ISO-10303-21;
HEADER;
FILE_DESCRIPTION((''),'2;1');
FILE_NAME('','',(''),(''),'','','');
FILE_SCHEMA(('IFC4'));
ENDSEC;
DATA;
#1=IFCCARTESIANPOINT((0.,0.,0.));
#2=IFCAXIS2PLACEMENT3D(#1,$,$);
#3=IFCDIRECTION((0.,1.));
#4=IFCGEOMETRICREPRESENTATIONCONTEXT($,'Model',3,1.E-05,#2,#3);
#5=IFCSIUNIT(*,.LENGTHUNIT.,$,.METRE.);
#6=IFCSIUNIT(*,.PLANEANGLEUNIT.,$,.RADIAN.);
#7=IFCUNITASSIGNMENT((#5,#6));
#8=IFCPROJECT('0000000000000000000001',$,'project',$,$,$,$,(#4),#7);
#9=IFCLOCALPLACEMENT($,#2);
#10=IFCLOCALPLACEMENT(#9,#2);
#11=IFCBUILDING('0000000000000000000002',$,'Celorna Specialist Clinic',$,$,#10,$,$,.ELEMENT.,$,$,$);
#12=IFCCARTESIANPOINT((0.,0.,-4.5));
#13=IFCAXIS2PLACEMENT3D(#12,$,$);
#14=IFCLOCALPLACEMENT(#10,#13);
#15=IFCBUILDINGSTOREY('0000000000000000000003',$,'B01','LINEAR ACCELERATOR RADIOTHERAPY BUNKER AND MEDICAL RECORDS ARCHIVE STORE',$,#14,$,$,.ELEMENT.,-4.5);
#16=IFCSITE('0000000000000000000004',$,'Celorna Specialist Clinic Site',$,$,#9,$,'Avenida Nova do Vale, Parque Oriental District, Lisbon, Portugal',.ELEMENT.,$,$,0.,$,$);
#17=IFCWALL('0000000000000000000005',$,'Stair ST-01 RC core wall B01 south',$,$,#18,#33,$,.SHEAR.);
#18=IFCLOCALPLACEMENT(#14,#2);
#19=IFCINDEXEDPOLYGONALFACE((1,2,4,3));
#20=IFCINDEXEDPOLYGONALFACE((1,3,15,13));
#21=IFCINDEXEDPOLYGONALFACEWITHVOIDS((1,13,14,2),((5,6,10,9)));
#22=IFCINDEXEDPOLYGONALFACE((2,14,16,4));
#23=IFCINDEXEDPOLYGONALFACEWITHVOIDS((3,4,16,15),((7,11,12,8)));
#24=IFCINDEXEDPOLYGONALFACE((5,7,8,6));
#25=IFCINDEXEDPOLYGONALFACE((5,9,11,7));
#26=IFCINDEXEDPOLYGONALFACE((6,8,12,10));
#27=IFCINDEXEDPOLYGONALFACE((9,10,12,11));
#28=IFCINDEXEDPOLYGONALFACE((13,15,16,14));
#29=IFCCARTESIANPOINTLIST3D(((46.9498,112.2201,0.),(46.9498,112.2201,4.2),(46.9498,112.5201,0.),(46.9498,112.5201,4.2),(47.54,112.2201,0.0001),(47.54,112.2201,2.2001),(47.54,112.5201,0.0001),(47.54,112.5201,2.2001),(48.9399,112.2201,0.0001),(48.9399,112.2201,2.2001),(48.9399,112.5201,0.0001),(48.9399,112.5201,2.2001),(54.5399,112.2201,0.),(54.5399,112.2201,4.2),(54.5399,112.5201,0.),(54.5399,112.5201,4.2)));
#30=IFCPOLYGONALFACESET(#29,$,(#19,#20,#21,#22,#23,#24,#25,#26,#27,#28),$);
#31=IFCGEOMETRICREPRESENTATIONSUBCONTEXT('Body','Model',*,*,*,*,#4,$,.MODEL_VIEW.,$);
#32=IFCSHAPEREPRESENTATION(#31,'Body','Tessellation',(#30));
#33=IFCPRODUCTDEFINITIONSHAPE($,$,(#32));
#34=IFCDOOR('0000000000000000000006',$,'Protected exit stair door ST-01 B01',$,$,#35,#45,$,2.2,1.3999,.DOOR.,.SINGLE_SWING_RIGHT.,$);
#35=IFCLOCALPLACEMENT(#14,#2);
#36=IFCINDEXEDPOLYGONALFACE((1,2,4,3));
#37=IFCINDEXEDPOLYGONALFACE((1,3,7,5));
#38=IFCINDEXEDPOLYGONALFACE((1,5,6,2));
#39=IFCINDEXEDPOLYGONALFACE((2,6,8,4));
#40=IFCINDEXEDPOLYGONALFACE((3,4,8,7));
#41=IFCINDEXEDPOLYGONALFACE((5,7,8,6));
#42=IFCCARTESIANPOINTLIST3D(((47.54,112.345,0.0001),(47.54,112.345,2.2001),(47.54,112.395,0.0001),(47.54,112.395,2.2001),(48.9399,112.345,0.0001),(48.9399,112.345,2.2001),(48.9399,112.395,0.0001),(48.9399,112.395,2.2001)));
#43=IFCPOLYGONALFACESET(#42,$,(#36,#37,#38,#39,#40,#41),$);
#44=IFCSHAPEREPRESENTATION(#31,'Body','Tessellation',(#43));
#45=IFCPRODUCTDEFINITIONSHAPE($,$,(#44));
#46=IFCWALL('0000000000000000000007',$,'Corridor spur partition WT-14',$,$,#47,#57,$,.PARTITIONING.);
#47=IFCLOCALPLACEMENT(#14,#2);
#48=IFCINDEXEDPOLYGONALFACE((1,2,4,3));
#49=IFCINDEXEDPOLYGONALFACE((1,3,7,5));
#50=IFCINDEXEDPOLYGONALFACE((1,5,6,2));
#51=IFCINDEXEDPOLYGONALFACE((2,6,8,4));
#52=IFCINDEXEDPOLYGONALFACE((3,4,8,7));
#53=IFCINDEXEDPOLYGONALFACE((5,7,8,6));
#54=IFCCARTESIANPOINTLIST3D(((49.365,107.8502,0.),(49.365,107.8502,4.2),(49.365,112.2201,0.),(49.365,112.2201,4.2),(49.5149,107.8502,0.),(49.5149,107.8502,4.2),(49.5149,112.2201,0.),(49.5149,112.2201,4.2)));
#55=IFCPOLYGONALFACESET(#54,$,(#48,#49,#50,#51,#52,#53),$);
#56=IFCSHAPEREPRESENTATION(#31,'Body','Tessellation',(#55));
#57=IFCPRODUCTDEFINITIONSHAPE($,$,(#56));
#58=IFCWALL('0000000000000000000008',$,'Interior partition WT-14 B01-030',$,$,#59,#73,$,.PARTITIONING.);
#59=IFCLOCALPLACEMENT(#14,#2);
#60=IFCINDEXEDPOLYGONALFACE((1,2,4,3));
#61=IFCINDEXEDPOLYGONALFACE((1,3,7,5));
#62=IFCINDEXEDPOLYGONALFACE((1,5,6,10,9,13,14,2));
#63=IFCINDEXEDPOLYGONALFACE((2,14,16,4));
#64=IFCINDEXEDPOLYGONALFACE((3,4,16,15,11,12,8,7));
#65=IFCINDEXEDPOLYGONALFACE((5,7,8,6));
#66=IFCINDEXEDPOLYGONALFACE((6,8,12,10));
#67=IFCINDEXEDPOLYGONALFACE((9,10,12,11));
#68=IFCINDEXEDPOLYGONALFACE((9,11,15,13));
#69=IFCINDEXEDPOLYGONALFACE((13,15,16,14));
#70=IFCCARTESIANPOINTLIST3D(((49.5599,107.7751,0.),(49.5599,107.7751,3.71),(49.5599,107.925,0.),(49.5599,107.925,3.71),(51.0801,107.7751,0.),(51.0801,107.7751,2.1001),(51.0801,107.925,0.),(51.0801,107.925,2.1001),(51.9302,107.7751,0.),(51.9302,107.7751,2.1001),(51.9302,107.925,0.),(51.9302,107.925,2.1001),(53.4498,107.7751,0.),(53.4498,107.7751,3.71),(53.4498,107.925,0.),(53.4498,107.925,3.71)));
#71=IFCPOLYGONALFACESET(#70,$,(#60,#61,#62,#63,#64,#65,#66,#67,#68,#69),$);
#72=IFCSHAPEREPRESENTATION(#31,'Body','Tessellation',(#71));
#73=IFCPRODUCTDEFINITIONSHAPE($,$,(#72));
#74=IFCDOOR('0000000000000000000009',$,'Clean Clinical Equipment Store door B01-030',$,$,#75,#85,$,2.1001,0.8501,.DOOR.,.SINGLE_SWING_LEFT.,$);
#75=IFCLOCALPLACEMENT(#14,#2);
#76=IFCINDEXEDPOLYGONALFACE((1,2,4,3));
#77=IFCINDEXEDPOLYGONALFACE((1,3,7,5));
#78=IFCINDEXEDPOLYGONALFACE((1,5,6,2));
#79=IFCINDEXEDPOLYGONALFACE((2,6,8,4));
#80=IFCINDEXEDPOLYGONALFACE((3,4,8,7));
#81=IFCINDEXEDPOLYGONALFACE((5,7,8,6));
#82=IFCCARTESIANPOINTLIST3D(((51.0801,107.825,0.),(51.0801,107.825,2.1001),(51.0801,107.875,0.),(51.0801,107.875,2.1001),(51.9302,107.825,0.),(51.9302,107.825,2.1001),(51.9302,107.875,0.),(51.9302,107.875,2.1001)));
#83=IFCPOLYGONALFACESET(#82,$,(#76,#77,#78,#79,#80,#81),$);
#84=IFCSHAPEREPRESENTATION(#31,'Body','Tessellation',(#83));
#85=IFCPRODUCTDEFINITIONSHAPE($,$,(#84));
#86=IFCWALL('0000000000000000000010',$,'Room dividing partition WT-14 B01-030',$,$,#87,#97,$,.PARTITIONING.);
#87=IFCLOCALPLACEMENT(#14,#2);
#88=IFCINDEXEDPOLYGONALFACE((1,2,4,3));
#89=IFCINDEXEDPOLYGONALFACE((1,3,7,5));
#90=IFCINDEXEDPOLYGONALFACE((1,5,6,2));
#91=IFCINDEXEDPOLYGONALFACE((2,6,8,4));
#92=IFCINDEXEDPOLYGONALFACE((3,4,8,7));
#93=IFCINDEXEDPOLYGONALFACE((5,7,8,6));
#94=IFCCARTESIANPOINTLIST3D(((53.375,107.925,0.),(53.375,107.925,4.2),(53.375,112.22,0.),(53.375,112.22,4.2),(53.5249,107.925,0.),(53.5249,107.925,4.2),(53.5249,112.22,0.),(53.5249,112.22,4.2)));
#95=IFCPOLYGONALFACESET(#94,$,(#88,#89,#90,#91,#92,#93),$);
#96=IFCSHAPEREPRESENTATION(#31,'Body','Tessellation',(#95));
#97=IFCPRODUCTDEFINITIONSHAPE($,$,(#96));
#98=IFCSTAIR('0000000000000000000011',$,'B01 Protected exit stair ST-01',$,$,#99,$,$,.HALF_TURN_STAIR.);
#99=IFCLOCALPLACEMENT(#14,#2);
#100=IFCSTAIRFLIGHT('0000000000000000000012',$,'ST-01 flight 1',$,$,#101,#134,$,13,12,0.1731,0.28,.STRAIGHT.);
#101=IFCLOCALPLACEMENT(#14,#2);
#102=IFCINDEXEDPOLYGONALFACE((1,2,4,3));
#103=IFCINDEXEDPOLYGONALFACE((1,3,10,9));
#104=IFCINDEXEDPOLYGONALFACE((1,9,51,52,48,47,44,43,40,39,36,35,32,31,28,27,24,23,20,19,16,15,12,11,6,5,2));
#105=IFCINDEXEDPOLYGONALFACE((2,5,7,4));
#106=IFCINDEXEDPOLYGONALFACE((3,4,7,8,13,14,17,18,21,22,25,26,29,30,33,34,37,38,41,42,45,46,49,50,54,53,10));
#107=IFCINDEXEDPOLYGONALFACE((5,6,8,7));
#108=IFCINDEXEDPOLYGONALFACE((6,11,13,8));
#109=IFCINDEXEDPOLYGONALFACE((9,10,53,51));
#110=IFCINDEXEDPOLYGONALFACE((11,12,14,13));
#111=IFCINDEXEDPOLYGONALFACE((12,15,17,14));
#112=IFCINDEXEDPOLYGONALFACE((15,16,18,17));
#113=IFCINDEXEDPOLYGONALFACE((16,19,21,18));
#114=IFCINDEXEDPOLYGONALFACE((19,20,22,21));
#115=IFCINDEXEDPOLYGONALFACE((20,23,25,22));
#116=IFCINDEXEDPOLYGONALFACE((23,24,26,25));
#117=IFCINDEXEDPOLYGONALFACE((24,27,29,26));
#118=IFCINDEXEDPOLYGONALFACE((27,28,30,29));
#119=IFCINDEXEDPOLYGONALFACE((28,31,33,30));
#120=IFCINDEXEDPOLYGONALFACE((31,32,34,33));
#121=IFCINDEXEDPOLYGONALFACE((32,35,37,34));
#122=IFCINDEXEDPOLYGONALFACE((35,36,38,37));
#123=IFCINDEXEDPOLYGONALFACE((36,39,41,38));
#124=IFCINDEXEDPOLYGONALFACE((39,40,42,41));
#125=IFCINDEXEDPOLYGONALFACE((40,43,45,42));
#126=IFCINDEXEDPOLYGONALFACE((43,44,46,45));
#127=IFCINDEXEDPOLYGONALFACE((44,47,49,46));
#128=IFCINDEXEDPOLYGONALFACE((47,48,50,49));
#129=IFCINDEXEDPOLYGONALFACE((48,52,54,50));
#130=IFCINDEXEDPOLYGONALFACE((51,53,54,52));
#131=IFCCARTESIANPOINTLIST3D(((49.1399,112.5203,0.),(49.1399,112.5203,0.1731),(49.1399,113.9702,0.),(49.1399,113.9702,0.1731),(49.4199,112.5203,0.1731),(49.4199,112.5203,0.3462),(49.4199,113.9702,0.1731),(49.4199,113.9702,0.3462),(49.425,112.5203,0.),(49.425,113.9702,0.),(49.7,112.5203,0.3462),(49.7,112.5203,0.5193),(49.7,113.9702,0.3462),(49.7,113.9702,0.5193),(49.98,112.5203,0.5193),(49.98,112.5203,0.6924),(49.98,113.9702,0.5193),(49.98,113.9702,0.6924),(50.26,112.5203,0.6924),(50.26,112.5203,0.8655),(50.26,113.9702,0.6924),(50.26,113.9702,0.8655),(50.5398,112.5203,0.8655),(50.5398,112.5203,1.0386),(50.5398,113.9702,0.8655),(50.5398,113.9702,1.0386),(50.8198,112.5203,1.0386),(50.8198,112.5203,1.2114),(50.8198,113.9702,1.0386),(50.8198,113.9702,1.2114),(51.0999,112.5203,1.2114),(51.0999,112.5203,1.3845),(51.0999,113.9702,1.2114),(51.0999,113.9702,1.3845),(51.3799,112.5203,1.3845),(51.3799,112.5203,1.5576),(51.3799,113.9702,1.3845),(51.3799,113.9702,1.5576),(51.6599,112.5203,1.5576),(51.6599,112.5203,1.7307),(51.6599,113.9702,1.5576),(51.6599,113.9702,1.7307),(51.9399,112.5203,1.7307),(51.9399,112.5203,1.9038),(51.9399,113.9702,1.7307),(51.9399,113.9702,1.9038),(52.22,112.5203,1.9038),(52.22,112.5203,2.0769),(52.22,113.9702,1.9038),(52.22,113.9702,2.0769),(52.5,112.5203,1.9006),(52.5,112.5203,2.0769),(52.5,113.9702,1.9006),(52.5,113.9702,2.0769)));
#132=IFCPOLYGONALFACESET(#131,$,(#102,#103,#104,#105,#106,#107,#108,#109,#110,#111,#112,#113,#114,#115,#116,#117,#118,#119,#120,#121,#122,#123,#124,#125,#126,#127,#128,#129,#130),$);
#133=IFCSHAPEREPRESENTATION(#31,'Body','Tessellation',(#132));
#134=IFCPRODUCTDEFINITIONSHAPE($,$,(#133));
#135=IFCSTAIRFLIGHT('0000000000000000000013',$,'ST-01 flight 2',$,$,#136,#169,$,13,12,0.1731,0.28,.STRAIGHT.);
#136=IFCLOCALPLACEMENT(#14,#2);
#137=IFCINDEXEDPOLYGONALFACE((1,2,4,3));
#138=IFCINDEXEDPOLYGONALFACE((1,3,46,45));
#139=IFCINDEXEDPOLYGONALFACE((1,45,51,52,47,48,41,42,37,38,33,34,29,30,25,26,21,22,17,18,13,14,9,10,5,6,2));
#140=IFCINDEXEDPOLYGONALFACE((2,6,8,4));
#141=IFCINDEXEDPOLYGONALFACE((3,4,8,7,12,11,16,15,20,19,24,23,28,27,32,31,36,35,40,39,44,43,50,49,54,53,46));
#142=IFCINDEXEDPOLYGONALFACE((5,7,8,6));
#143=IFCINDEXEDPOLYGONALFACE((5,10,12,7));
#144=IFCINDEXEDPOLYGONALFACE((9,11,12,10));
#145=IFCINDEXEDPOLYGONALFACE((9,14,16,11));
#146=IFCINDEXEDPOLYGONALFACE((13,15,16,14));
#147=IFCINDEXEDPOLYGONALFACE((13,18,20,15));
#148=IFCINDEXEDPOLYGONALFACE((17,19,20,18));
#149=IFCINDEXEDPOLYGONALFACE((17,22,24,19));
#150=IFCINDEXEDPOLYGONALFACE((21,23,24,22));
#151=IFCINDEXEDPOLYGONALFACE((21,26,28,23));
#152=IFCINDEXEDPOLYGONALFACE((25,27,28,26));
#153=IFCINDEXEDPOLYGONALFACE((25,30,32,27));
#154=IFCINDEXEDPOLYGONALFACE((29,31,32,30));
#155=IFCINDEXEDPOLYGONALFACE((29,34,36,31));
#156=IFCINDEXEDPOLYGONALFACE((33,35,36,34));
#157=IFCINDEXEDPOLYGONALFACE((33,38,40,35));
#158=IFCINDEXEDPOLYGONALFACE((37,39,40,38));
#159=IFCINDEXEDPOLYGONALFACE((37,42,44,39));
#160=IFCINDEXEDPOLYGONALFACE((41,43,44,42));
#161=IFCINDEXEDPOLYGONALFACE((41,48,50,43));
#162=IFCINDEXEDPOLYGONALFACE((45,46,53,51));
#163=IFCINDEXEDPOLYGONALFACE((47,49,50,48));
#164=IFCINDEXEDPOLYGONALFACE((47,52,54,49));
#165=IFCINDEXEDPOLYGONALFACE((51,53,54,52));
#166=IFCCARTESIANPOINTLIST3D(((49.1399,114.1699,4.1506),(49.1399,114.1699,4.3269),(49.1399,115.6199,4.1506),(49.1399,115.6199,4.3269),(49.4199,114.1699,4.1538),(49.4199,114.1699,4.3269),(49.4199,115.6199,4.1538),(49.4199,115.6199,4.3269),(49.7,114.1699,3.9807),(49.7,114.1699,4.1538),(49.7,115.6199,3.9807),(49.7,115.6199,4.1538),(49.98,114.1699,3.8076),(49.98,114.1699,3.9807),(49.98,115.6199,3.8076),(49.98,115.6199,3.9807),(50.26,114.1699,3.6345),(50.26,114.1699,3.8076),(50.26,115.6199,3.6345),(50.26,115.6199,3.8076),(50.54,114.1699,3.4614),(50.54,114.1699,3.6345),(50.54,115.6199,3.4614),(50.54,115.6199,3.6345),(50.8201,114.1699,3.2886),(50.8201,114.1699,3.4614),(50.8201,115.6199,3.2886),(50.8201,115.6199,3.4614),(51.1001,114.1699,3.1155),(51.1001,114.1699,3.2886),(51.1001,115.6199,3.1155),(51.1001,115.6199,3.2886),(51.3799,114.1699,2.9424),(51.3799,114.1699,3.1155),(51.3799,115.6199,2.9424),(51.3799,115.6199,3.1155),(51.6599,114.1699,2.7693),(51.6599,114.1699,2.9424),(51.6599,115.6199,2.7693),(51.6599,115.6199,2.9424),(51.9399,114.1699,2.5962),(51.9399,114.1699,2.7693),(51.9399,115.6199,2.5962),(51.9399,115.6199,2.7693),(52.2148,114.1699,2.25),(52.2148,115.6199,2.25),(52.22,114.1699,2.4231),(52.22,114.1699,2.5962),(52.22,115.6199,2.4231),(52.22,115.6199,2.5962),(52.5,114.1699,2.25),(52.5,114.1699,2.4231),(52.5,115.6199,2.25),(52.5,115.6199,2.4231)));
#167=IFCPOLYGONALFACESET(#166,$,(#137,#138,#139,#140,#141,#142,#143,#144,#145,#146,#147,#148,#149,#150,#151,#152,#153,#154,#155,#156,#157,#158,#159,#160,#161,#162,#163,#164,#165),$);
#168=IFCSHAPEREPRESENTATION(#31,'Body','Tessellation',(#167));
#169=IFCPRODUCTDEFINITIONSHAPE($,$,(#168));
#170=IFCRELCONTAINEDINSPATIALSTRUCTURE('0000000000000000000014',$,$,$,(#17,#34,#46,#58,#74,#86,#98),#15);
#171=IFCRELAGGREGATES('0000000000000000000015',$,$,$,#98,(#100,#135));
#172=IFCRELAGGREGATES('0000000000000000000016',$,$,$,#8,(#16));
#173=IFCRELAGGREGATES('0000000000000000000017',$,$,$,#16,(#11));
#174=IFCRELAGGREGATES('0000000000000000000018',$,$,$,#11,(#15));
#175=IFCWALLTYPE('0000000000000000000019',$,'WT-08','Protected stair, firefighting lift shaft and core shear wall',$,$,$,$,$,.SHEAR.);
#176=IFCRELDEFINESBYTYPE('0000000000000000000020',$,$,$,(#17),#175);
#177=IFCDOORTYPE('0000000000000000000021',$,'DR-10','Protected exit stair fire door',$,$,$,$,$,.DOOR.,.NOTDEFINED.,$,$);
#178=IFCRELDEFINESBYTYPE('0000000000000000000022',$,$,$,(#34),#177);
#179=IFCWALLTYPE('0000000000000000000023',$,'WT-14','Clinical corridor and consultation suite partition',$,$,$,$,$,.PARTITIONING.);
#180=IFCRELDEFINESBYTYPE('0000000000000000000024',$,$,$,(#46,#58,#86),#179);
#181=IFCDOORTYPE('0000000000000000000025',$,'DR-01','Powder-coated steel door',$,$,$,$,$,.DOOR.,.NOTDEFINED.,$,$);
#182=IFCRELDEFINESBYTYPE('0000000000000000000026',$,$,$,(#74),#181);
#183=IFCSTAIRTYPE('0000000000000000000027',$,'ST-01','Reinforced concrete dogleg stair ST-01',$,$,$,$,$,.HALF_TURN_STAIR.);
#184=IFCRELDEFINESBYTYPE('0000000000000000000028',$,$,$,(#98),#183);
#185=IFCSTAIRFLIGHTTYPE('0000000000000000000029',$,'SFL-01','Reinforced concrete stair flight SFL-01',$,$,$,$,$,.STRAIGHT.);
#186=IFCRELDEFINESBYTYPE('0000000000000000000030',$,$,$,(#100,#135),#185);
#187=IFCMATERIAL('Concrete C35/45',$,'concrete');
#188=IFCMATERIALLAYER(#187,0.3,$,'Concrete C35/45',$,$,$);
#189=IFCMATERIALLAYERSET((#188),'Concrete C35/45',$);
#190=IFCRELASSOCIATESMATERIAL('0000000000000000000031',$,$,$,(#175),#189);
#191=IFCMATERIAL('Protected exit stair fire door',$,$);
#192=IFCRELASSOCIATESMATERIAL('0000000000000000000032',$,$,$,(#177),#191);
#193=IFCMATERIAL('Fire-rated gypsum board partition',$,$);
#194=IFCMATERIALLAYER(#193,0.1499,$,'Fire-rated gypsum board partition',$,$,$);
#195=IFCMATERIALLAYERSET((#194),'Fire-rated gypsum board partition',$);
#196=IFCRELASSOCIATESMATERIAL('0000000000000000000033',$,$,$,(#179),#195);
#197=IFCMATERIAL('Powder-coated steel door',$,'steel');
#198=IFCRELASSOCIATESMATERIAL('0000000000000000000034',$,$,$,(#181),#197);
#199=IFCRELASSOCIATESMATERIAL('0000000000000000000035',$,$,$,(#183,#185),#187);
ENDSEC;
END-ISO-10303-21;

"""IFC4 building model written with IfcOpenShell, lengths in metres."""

from ifc_helpers import new_model, si_unit, direction, frame, frame_2d, origin, place, context, subcontext, project, spatial, polyline, rectangle, outline, extrude, material, layer, layer_set, type_object, element, fill, aggregate, save


model = new_model("IFC4")

# Units and contexts
model_context = context("Model", 3, precision=1e-05, world=origin(), true_north=direction((0.0, 1.0)))
body_context = subcontext(model_context, "Body", "Model", "MODEL_VIEW")
ifc_project = project(units=[si_unit("LENGTHUNIT", "METRE"), si_unit("PLANEANGLEUNIT", "RADIAN")], contexts=[model_context])

# Site, building, storey
site_placement = place(None, origin())
site = spatial("IfcSite", under=ifc_project, at=site_placement, Name="Celorna Specialist Clinic Site", LongName="Avenida Nova do Vale, Parque Oriental District, Lisbon, Portugal", CompositionType="ELEMENT", RefElevation=0.0)
building_placement = place(site_placement, origin())
building = spatial("IfcBuilding", under=site, at=building_placement, Name="Celorna Specialist Clinic", CompositionType="ELEMENT")
storey_placement = place(building_placement, frame((0.0, 0.0, -4.5)))
storey = spatial("IfcBuildingStorey", under=building, at=storey_placement, Name="B01", Description="LINEAR ACCELERATOR RADIOTHERAPY BUNKER AND MEDICAL RECORDS ARCHIVE STORE", CompositionType="ELEMENT", Elevation=-4.5)

# Shared definitions
ifc_material_1 = material(Name="Concrete C35/45", Category="concrete")

# Wall, opening, door
ifc_layer_1 = layer(ifc_material_1, 0.3, Name="Concrete C35/45")
ifc_layer_set_1 = layer_set([ifc_layer_1], Name="Concrete C35/45")
wall_type_1 = type_object("IfcWallType", Name="WT-08", Description="Protected stair, firefighting lift shaft and core shear wall", PredefinedType="SHEAR", material=ifc_layer_set_1)
wall_1_placement = place(storey_placement, frame((46.95, 112.3701, 0.0), z_axis=(0.0, 0.0, 1.0), x_axis=(1.0, 0.0, 0.0)))
wall_1 = element("IfcWall", 1, at=wall_1_placement, inside=storey, type_object=wall_type_1, Name="Stair ST-01 RC core wall B01 south", PredefinedType="SHEAR", context=body_context, shape_type="SweptSolid", body=[
    extrude(rectangle(XDim=7.5901, YDim=0.3, at=frame_2d((3.7949, 0.0))), origin(), (0.0, 0.0, 1.0), 4.2),
])
opening_1_placement = place(wall_1_placement, frame((0.5901, 0.0, 0.0)))
opening_1 = element("IfcOpeningElement", 2, at=opening_1_placement, cuts=wall_1, PredefinedType="OPENING", context=body_context, shape_type="SweptSolid", body=[
    extrude(rectangle(XDim=1.3999, YDim=2.2, at=frame_2d((0.7, 1.1001))), frame((0.0, 0.1599, 0.0), z_axis=(0.0, -1.0, 0.0), x_axis=(1.0, 0.0, 0.0)), (0.0, 0.0, 1.0), 0.3201),
])
ifc_material_2 = material(Name="Protected exit stair fire door")
door_type_1 = type_object("IfcDoorType", Name="DR-10", Description="Protected exit stair fire door", OperationType="NOTDEFINED", PredefinedType="DOOR", material=ifc_material_2)
door_1_placement = place(opening_1_placement, origin())
door_1 = element("IfcDoor", 3, at=door_1_placement, inside=storey, type_object=door_type_1, Name="Protected exit stair door ST-01 B01", OperationType="SINGLE_SWING_RIGHT", OverallHeight=2.2, OverallWidth=1.3999, PredefinedType="DOOR", context=body_context, shape_type="SweptSolid", body=[
    extrude(rectangle(XDim=1.3999, YDim=2.2, at=frame_2d((0.7, 1.1001))), frame((0.0, 0.0249, 0.0), z_axis=(0.0, -1.0, 0.0), x_axis=(1.0, 0.0, 0.0)), (0.0, 0.0, 1.0), 0.05),
])
fill(opening_1, door_1)

# Wall
ifc_material_3 = material(Name="Fire-rated gypsum board partition")
ifc_layer_2 = layer(ifc_material_3, 0.1499, Name="Fire-rated gypsum board partition")
ifc_layer_set_2 = layer_set([ifc_layer_2], Name="Fire-rated gypsum board partition")
wall_type_2 = type_object("IfcWallType", Name="WT-14", Description="Clinical corridor and consultation suite partition", PredefinedType="PARTITIONING", material=ifc_layer_set_2)
wall_2_placement = place(storey_placement, frame((49.4399, 107.8501, 0.0), z_axis=(0.0, 0.0, 1.0), x_axis=(0.0, 1.0, 0.0)))
element("IfcWall", 4, at=wall_2_placement, inside=storey, type_object=wall_type_2, Name="Corridor spur partition WT-14", PredefinedType="PARTITIONING", context=body_context, shape_type="SweptSolid", body=[
    extrude(rectangle(XDim=4.3699, YDim=0.1499, at=frame_2d((2.1851, 0.0))), origin(), (0.0, 0.0, 1.0), 4.2),
])

# Wall, opening, door
wall_3_placement = place(storey_placement, frame((49.5601, 107.8501, 0.0), z_axis=(0.0, 0.0, 1.0), x_axis=(1.0, 0.0, 0.0)))
wall_3 = element("IfcWall", 5, at=wall_3_placement, inside=storey, type_object=wall_type_2, Name="Interior partition WT-14 B01-030", PredefinedType="PARTITIONING", context=body_context, shape_type="SweptSolid", body=[
    extrude(rectangle(XDim=3.8899, YDim=0.1499, at=frame_2d((1.9448, 0.0))), origin(), (0.0, 0.0, 1.0), 3.71),
])
opening_2_placement = place(wall_3_placement, frame((1.52, 0.0, 0.0)))
opening_2 = element("IfcOpeningElement", 6, at=opening_2_placement, cuts=wall_3, PredefinedType="OPENING", context=body_context, shape_type="SweptSolid", body=[
    extrude(rectangle(XDim=0.8501, YDim=2.1001, at=frame_2d((0.425, 1.05))), frame((0.0, 0.085, 0.0), z_axis=(0.0, -1.0, 0.0), x_axis=(1.0, 0.0, 0.0)), (0.0, 0.0, 1.0), 0.1699),
])
ifc_material_4 = material(Name="Powder-coated steel door", Category="steel")
door_type_2 = type_object("IfcDoorType", Name="DR-01", Description="Powder-coated steel door", OperationType="NOTDEFINED", PredefinedType="DOOR", material=ifc_material_4)
door_2_placement = place(opening_2_placement, origin())
door_2 = element("IfcDoor", 7, at=door_2_placement, inside=storey, type_object=door_type_2, Name="Clean Clinical Equipment Store door B01-030", OperationType="SINGLE_SWING_LEFT", OverallHeight=2.1001, OverallWidth=0.8501, PredefinedType="DOOR", context=body_context, shape_type="SweptSolid", body=[
    extrude(rectangle(XDim=0.8501, YDim=2.1001, at=frame_2d((0.425, 1.05))), frame((0.0, 0.0249, 0.0), z_axis=(0.0, -1.0, 0.0), x_axis=(1.0, 0.0, 0.0)), (0.0, 0.0, 1.0), 0.05),
])
fill(opening_2, door_2)

# Wall
wall_4_placement = place(storey_placement, frame((53.45, 107.925, 0.0), z_axis=(0.0, 0.0, 1.0), x_axis=(0.0, 1.0, 0.0)))
element("IfcWall", 8, at=wall_4_placement, inside=storey, type_object=wall_type_2, Name="Room dividing partition WT-14 B01-030", PredefinedType="PARTITIONING", context=body_context, shape_type="SweptSolid", body=[
    extrude(rectangle(XDim=4.2949, YDim=0.1499, at=frame_2d((2.1475, 0.0))), origin(), (0.0, 0.0, 1.0), 4.2),
])

# Stair, stair flights
stair_type = type_object("IfcStairType", Name="ST-01", Description="Reinforced concrete dogleg stair ST-01", PredefinedType="HALF_TURN_STAIR", material=ifc_material_1)
stair_placement = place(storey_placement, origin())
stair = element("IfcStair", 9, at=stair_placement, inside=storey, type_object=stair_type, Name="B01 Protected exit stair ST-01", PredefinedType="HALF_TURN_STAIR")
stair_flight_type = type_object("IfcStairFlightType", Name="SFL-01", Description="Reinforced concrete stair flight SFL-01", PredefinedType="STRAIGHT", material=ifc_material_1)
stair_flight_1_placement = place(storey_placement, frame((49.1399, 113.2451, 0.0), z_axis=(0.0, 0.0, 1.0), x_axis=(1.0, 0.0, 0.0)))
stair_flight_1 = element("IfcStairFlight", 10, at=stair_flight_1_placement, type_object=stair_flight_type, Name="ST-01 flight 1", NumberOfRisers=13, NumberOfTreads=12, PredefinedType="STRAIGHT", RiserHeight=0.1731, TreadLength=0.28, context=body_context, shape_type="SweptSolid", body=[
    extrude(outline(polyline([(0.0, 0.0), (0.0, 0.1731), (0.28, 0.1731), (0.28, 0.3462), (0.5601, 0.3462), (0.5601, 0.5193), (0.8401, 0.5193), (0.8401, 0.6924), (1.1201, 0.6924), (1.1201, 0.8655), (1.3999, 0.8655), (1.3999, 1.0386), (1.6799, 1.0386), (1.6799, 1.2114), (1.96, 1.2114), (1.96, 1.3845), (2.24, 1.3845), (2.24, 1.5576), (2.52, 1.5576), (2.52, 1.7307), (2.8, 1.7307), (2.8, 1.9038), (3.0801, 1.9038), (3.0801, 2.0769), (3.3601, 2.0769), (3.3601, 2.25), (3.3601, 1.9006), (0.2852, 0.0), (0.0, 0.0)])), frame((0.0, 0.7251, 0.0), z_axis=(0.0, -1.0, 0.0), x_axis=(1.0, 0.0, 0.0)), (0.0, 0.0, 1.0), 1.45),
])
stair_flight_2_placement = place(storey_placement, frame((52.5, 114.895, 2.25), z_axis=(0.0, 0.0, 1.0), x_axis=(-1.0, 0.0, 0.0)))
stair_flight_2 = element("IfcStairFlight", 11, at=stair_flight_2_placement, type_object=stair_flight_type, Name="ST-01 flight 2", NumberOfRisers=13, NumberOfTreads=12, PredefinedType="STRAIGHT", RiserHeight=0.1731, TreadLength=0.28, context=body_context, shape_type="SweptSolid", body=[
    extrude(outline(polyline([(0.0, 0.0), (0.0, 0.1731), (0.28, 0.1731), (0.28, 0.3462), (0.5601, 0.3462), (0.5601, 0.5193), (0.8401, 0.5193), (0.8401, 0.6924), (1.1201, 0.6924), (1.1201, 0.8655), (1.3999, 0.8655), (1.3999, 1.0386), (1.6799, 1.0386), (1.6799, 1.2114), (1.96, 1.2114), (1.96, 1.3845), (2.24, 1.3845), (2.24, 1.5576), (2.52, 1.5576), (2.52, 1.7307), (2.8, 1.7307), (2.8, 1.9038), (3.0801, 1.9038), (3.0801, 2.0769), (3.3601, 2.0769), (3.3601, 2.25), (3.3601, 1.9006), (0.2852, 0.0), (0.0, 0.0)])), frame((0.0, 0.7251, 0.0), z_axis=(0.0, -1.0, 0.0), x_axis=(1.0, 0.0, 0.0)), (0.0, 0.0, 1.0), 1.45),
])
aggregate(stair, [stair_flight_1, stair_flight_2])

save(model, "model.ifc")
